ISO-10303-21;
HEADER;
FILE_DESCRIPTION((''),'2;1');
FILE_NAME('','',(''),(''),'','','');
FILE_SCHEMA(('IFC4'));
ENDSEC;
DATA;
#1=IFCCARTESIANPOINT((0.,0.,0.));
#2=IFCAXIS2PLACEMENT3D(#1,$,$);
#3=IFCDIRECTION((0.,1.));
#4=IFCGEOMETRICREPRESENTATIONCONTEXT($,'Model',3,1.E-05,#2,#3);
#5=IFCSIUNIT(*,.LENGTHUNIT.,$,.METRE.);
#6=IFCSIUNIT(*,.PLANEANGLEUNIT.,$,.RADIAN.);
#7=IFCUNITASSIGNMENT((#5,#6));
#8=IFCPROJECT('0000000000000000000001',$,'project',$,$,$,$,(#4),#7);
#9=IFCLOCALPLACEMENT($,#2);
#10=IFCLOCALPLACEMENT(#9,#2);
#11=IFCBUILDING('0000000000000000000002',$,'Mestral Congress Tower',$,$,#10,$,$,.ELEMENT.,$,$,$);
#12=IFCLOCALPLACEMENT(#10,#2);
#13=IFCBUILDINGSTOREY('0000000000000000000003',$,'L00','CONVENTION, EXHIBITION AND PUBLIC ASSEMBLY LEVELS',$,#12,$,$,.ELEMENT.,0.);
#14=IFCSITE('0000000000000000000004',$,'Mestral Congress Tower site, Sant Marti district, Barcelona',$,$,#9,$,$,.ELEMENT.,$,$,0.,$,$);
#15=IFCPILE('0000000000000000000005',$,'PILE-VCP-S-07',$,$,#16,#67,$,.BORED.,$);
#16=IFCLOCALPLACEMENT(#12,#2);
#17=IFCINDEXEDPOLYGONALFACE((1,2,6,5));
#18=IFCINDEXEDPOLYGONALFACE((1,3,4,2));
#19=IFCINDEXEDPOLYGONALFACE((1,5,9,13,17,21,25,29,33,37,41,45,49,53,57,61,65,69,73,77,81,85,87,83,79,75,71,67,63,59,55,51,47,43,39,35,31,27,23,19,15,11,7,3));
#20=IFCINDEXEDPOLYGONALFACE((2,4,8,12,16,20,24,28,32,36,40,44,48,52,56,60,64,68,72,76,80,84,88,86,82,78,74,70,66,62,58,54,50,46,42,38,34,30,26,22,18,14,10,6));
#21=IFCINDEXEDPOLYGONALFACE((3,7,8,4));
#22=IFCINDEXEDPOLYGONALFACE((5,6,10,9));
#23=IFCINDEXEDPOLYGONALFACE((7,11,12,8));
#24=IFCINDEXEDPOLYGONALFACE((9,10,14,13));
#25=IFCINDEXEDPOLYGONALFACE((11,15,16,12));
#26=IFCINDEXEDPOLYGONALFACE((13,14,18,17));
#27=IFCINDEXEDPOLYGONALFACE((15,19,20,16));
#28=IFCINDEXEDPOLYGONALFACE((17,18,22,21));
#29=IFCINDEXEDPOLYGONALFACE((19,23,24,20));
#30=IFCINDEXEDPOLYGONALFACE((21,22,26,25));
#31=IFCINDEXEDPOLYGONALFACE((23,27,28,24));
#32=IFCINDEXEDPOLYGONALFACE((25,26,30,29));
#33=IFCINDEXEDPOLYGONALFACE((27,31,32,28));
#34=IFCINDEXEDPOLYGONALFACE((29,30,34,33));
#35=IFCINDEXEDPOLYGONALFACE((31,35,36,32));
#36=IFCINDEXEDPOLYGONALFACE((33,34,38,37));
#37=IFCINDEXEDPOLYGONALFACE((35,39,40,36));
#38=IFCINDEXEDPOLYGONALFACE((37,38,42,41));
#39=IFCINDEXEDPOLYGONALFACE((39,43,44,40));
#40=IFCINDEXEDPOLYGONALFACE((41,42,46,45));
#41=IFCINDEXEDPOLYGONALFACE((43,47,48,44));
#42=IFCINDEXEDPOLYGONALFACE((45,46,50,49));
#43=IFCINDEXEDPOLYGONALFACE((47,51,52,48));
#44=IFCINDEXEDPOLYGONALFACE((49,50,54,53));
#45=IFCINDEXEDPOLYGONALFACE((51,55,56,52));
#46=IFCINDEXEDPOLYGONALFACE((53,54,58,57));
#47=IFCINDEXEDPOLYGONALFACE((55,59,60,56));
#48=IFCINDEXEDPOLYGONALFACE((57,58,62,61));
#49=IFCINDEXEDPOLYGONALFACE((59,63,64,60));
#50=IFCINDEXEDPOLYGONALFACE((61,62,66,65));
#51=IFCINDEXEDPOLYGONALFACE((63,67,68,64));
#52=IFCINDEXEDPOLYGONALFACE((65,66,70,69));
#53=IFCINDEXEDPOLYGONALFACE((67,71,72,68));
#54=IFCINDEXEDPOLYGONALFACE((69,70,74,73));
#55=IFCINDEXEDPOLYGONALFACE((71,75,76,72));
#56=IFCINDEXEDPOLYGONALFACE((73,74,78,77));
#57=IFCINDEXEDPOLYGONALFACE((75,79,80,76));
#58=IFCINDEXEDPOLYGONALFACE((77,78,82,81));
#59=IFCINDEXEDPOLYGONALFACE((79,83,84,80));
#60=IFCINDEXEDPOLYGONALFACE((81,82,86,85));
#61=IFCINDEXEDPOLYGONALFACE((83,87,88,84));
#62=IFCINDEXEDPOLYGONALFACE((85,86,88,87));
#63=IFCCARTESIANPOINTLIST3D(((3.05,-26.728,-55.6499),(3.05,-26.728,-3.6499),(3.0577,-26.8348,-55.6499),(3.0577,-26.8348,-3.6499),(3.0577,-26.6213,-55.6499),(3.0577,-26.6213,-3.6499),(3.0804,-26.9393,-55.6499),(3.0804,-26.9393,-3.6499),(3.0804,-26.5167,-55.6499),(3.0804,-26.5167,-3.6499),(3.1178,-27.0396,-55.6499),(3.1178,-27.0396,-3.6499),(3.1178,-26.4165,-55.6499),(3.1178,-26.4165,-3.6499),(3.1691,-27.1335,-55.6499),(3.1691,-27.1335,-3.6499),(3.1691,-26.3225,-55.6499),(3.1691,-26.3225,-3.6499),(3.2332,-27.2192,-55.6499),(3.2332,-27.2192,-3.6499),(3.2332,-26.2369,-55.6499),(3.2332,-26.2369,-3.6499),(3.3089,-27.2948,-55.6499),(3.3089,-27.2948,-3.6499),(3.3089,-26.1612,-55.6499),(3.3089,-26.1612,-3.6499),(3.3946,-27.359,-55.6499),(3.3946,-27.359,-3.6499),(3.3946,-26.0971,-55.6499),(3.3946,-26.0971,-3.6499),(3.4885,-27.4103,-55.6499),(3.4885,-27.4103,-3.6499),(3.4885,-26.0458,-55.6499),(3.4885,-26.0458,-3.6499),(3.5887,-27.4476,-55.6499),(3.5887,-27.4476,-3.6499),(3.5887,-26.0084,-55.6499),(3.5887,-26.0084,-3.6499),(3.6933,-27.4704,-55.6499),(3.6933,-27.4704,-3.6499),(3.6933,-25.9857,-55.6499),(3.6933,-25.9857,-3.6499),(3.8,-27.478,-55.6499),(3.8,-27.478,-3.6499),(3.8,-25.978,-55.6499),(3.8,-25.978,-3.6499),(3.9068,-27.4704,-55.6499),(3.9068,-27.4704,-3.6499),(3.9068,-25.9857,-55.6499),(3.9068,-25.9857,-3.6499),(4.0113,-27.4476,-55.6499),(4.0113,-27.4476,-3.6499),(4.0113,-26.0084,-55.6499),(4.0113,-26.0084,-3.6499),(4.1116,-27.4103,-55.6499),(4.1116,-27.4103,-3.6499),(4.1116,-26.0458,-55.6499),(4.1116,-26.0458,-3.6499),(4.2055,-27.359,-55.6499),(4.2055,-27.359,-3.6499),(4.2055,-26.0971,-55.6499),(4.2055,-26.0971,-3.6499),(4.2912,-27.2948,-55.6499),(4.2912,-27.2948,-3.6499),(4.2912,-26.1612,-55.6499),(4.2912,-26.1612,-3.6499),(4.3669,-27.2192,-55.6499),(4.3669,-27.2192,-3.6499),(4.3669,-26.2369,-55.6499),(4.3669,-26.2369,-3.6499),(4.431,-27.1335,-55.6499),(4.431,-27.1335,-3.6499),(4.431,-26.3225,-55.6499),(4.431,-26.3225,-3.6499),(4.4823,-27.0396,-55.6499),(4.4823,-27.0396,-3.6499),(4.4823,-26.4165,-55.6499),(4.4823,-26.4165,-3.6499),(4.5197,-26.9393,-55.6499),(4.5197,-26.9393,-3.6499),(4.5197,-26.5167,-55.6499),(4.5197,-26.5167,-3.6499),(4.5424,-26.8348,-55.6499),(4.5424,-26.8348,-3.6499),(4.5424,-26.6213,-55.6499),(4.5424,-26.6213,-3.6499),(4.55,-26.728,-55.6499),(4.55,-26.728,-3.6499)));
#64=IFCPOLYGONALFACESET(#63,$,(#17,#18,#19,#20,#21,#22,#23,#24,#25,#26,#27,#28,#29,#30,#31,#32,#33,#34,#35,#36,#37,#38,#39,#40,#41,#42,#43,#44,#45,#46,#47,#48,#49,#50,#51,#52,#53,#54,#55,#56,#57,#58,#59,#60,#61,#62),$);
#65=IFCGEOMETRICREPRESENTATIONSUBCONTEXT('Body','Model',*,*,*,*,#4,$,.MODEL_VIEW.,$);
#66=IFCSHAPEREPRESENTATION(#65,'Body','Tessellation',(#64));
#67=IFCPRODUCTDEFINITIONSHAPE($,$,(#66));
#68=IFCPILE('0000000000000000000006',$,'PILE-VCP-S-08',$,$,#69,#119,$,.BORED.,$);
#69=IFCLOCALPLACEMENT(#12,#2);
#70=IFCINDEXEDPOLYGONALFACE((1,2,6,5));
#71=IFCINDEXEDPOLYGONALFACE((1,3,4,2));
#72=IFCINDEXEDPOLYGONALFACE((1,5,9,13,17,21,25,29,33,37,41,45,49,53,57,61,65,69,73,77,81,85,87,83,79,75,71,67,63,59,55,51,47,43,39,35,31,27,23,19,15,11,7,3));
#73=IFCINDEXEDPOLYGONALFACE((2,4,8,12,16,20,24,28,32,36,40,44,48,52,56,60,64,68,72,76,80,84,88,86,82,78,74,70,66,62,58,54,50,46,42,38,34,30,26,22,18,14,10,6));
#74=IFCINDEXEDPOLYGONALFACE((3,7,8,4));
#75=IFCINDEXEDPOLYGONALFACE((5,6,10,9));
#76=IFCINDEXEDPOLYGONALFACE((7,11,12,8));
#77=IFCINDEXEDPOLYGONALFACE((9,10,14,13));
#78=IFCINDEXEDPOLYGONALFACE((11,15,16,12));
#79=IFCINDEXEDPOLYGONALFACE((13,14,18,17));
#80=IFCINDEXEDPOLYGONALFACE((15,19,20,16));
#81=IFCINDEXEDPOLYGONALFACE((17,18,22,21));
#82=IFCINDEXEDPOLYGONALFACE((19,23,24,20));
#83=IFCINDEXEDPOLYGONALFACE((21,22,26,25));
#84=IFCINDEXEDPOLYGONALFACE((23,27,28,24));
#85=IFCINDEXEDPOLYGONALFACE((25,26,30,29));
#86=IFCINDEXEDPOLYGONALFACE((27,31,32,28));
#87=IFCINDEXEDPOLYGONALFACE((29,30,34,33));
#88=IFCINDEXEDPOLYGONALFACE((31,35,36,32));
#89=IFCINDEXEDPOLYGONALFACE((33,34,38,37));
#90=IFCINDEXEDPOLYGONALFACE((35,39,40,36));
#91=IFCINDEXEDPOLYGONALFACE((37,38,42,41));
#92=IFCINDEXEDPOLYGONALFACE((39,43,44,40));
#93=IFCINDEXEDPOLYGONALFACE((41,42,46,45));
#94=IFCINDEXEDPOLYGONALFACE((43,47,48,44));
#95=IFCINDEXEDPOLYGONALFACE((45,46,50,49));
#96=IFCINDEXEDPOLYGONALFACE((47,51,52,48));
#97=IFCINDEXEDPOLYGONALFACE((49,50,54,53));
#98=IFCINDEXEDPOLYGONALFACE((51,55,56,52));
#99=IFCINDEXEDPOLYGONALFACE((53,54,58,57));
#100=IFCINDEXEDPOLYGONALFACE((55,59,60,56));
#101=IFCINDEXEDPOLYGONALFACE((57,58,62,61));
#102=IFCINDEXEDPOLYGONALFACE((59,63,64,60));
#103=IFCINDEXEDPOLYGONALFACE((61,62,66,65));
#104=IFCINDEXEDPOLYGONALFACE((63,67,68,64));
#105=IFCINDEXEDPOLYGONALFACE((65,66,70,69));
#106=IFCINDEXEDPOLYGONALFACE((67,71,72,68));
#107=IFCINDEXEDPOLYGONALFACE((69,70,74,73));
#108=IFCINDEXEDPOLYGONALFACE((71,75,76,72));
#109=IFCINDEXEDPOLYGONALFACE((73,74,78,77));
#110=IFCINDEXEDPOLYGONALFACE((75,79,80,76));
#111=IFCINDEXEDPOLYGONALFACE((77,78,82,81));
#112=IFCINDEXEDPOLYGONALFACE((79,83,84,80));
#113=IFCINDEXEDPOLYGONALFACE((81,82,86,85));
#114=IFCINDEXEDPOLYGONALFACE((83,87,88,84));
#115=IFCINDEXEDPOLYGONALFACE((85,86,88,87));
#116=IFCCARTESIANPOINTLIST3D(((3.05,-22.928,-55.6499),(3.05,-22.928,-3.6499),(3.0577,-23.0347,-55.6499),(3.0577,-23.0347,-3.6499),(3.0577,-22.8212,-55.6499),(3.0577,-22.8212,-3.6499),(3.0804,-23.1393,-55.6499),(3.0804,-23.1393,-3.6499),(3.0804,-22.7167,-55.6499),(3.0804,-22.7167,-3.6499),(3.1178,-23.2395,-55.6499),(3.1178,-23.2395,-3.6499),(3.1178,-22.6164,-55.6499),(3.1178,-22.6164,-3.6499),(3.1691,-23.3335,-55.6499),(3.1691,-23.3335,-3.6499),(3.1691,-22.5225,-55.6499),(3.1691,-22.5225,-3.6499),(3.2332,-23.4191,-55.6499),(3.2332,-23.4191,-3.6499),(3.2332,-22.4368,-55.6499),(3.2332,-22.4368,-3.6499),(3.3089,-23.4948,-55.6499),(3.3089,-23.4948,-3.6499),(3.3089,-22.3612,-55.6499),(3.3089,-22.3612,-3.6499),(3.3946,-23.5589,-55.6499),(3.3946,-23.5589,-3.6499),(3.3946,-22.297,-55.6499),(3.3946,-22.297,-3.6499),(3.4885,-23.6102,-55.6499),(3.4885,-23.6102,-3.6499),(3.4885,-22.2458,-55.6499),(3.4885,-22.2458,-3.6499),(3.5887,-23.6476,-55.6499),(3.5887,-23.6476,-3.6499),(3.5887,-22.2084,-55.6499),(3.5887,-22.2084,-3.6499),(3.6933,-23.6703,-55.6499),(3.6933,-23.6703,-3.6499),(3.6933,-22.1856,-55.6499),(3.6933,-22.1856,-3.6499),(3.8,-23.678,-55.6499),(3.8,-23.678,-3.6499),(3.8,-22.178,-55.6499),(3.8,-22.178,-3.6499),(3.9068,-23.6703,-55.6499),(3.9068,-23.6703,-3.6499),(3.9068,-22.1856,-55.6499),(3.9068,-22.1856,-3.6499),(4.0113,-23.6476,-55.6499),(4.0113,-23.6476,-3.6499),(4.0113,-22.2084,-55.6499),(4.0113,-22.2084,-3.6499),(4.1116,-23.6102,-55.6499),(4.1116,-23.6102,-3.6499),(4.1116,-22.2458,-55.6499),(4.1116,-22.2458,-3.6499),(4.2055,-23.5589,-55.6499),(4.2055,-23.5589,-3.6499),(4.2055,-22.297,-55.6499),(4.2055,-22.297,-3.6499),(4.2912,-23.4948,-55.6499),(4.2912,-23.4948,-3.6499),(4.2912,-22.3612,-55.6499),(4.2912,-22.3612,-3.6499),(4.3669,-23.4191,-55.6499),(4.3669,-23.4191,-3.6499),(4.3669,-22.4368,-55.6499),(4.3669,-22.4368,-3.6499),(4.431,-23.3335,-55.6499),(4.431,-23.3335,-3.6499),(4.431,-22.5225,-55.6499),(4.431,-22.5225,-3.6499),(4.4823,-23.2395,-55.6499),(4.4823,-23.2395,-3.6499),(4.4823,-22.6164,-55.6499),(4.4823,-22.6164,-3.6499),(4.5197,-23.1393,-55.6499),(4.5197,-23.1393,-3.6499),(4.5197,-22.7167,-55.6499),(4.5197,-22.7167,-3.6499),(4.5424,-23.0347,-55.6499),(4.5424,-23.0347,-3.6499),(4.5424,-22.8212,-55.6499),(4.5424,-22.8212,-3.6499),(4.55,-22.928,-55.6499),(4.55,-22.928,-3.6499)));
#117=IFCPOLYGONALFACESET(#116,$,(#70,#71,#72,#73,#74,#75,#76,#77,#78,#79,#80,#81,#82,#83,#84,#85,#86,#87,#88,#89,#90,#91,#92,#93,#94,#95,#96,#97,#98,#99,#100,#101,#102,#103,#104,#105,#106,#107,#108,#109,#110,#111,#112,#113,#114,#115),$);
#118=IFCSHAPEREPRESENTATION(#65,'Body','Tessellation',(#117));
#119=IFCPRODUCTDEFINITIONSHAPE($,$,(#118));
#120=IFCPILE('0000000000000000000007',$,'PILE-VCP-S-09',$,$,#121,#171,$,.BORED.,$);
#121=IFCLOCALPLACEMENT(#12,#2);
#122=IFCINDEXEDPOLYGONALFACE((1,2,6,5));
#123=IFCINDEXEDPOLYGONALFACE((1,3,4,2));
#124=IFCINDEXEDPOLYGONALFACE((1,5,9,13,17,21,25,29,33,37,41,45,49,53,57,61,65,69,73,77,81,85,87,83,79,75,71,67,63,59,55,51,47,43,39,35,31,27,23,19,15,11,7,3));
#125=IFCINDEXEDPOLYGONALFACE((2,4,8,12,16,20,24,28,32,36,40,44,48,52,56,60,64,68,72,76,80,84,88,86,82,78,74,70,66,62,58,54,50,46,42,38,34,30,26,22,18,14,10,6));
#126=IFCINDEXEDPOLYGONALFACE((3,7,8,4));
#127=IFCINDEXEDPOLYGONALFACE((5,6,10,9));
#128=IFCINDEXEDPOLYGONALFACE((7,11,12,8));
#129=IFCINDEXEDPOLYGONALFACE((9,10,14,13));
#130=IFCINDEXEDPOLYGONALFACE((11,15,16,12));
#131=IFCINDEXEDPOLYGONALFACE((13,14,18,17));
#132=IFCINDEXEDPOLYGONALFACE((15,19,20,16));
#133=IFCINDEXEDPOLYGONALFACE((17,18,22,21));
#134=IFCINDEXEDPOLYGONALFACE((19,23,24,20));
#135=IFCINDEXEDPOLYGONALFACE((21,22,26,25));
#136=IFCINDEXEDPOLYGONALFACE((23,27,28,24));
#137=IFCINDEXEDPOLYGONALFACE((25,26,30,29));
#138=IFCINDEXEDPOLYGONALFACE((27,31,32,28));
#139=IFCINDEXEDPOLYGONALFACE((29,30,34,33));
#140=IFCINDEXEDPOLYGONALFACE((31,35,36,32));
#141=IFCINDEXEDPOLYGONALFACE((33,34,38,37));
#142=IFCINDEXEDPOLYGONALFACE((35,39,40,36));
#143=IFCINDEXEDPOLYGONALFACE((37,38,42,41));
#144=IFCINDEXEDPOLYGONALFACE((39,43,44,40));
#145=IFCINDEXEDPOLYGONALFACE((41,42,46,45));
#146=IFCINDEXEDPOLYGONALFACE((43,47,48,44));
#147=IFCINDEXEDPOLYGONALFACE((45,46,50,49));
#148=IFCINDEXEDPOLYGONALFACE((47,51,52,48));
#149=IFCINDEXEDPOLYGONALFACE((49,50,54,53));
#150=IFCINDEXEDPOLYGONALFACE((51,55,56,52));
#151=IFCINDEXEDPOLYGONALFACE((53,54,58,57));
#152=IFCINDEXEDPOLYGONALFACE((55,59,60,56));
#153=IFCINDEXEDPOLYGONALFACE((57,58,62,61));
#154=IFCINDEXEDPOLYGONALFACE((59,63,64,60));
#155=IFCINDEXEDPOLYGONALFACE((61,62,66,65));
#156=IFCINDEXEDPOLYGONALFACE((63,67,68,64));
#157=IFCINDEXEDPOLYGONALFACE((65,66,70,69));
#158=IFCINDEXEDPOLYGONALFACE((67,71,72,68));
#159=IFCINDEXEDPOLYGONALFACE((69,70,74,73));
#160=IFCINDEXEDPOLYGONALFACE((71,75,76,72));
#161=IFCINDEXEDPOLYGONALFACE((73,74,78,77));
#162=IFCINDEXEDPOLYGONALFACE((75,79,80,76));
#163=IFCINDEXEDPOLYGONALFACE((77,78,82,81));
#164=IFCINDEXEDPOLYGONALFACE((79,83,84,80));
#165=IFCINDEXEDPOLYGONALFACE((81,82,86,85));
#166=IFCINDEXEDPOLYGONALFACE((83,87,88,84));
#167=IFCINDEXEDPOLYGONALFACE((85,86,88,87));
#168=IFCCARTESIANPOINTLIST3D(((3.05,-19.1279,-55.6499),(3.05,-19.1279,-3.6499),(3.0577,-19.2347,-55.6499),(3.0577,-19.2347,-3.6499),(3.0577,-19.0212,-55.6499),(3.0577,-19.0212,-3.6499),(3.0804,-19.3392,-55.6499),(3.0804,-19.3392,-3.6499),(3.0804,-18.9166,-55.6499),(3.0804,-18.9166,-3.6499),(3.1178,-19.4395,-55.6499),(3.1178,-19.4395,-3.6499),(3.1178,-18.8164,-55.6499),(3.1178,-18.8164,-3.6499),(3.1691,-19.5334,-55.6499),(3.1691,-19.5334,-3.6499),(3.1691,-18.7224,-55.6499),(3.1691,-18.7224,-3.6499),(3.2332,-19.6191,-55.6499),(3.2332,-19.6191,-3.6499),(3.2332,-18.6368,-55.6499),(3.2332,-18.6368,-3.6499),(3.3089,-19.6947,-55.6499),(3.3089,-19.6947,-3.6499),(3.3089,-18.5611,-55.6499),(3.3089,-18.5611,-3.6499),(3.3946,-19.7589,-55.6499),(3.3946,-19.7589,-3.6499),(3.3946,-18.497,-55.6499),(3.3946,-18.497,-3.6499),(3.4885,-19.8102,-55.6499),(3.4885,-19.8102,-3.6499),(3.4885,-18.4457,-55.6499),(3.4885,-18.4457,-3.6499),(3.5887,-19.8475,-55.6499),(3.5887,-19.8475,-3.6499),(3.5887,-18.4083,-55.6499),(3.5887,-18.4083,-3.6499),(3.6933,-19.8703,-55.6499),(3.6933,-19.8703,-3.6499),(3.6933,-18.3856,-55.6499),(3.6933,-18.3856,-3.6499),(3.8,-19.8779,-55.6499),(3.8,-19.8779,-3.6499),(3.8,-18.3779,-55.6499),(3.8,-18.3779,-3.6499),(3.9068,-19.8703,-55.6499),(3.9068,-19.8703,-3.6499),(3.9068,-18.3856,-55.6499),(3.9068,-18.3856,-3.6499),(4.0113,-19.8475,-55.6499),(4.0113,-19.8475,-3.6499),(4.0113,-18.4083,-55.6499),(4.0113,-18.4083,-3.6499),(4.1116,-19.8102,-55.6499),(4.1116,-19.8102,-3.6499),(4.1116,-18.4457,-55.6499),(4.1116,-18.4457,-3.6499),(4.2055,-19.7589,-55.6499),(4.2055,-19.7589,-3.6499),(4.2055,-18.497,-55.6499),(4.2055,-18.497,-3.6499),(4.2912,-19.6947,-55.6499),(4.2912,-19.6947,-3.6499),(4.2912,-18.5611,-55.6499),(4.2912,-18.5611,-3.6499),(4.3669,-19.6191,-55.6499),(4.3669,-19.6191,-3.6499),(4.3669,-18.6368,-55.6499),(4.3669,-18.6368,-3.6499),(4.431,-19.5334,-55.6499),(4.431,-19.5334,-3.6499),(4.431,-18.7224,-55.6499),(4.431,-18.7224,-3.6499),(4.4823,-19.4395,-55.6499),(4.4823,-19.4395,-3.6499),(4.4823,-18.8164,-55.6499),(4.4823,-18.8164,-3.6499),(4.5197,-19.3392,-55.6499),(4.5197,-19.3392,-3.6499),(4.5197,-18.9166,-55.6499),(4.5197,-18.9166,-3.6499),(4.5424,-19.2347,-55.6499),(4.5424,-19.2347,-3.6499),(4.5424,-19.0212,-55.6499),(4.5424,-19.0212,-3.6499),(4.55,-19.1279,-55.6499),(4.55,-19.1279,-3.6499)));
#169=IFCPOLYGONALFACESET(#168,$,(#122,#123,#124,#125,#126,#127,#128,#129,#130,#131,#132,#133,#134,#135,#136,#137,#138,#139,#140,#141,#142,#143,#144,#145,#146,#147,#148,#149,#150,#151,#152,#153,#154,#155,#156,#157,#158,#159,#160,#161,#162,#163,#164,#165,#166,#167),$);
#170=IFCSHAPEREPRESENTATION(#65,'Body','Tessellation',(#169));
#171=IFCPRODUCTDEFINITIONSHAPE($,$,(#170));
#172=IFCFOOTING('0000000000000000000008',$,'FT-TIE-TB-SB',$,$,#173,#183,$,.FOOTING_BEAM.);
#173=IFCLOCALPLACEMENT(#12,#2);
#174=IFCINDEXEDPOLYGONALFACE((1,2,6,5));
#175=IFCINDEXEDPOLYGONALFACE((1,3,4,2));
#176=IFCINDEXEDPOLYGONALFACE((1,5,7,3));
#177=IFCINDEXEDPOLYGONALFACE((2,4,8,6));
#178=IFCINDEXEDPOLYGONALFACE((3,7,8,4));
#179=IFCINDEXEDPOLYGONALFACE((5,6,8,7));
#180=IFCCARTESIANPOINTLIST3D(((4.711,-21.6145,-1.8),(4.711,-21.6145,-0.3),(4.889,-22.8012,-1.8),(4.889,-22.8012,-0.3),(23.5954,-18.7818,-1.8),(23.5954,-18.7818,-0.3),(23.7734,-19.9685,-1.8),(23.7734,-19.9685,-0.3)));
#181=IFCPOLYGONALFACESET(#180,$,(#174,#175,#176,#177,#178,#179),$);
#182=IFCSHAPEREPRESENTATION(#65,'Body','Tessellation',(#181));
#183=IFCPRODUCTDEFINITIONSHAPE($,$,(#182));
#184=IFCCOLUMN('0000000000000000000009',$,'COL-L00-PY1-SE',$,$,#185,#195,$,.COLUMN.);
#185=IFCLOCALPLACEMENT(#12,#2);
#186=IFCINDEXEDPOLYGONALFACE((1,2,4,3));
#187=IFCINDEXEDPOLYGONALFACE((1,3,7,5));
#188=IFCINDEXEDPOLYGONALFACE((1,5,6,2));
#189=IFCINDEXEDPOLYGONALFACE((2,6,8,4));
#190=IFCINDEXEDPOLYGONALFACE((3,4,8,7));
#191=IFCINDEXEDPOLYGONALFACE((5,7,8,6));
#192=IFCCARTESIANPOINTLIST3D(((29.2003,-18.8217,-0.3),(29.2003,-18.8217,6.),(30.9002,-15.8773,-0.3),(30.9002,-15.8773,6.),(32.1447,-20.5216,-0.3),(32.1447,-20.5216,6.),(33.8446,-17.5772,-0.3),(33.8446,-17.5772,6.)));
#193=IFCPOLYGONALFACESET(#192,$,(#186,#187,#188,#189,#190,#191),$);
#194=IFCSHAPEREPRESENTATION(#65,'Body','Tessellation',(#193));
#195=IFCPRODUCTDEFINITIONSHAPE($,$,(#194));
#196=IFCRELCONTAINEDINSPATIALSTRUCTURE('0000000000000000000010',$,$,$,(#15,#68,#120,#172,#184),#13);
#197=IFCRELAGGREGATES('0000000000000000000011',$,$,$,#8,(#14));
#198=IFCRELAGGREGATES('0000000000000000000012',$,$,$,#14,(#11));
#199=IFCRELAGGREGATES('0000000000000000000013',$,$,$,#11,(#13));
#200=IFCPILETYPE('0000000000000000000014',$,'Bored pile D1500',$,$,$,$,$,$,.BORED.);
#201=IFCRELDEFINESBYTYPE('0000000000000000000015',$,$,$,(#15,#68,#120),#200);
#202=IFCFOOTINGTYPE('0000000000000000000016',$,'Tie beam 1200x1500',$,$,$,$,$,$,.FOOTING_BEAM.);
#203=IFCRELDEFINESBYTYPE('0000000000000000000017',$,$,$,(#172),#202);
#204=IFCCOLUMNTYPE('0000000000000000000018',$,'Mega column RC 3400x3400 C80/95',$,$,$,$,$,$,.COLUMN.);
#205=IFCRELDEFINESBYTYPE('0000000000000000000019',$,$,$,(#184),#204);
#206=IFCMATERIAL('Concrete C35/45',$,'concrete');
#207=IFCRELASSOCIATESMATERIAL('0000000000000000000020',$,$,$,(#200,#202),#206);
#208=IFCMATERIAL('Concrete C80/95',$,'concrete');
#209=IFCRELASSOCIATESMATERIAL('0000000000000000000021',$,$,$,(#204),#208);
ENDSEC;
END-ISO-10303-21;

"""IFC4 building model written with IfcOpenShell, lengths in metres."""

from ifc_helpers import new_model, si_unit, direction, frame, origin, origin_2d, place, context, subcontext, project, spatial, rectangle, circle, extrude, material, material_profile, profile_set, type_object, element, save


model = new_model("IFC4")

# Units and contexts
model_context = context("Model", 3, precision=1e-05, world=origin(), true_north=direction((0.0, 1.0)))
body_context = subcontext(model_context, "Body", "Model", "MODEL_VIEW")
ifc_project = project(units=[si_unit("LENGTHUNIT", "METRE"), si_unit("PLANEANGLEUNIT", "RADIAN")], contexts=[model_context])

# Site, building, storey
site_placement = place(None, origin())
site = spatial("IfcSite", under=ifc_project, at=site_placement, Name="Mestral Congress Tower site, Sant Marti district, Barcelona", CompositionType="ELEMENT", RefElevation=0.0)
building_placement = place(site_placement, origin())
building = spatial("IfcBuilding", under=site, at=building_placement, Name="Mestral Congress Tower", CompositionType="ELEMENT")
storey_placement = place(building_placement, origin())
storey = spatial("IfcBuildingStorey", under=building, at=storey_placement, Name="L00", Description="CONVENTION, EXHIBITION AND PUBLIC ASSEMBLY LEVELS", CompositionType="ELEMENT", Elevation=0.0)

# Piles
ifc_material_1 = material(Name="Concrete C35/45", Category="concrete")
ifc_material_profile_1 = material_profile(ifc_material_1, circle(Radius=0.75, at=origin_2d()), Name="D1500")
ifc_profile_set_1 = profile_set([ifc_material_profile_1], Name="Concrete C35/45")
pile_type_1 = type_object("IfcPileType", Name="Bored pile D1500", PredefinedType="BORED", material=ifc_profile_set_1)
for number, where, z_axis, x_axis, name in (
    (1, (3.8, -26.728, -3.6499), (0.0, 0.0, -1.0), (1.0, 0.0, 0.0), "PILE-VCP-S-07"),
    (2, (3.8, -22.928, -3.6499), (0.0, 0.0, -1.0), (1.0, 0.0, 0.0), "PILE-VCP-S-08"),
    (3, (3.8, -19.1279, -3.6499), (0.0, 0.0, -1.0), (1.0, 0.0, 0.0), "PILE-VCP-S-09"),
):
    element("IfcPile", number, at=place(storey_placement, frame(where, z_axis=z_axis, x_axis=x_axis)), inside=storey, type_object=pile_type_1, Name=name, PredefinedType="BORED", context=body_context, shape_type="SweptSolid", body=[
        extrude(circle(Radius=0.75, at=origin_2d()), origin(), (0.0, 0.0, 1.0), 52.0),
    ])

# Footing
footing_type = type_object("IfcFootingType", Name="Tie beam 1200x1500", PredefinedType="FOOTING_BEAM", material=ifc_material_1)
footing_placement = place(storey_placement, frame((14.2422, -20.7915, -1.8), z_axis=(0.0, 0.0, 1.0), x_axis=(0.988936, 0.148344, 0.0)))
element("IfcFooting", 4, at=footing_placement, inside=storey, type_object=footing_type, Name="FT-TIE-TB-SB", PredefinedType="FOOTING_BEAM", context=body_context, shape_type="SweptSolid", body=[
    extrude(rectangle(XDim=19.0957, YDim=1.2, at=origin_2d()), origin(), (0.0, 0.0, 1.0), 1.5),
])

# Column
ifc_material_2 = material(Name="Concrete C80/95", Category="concrete")
ifc_material_profile_2 = material_profile(ifc_material_2, rectangle(XDim=3.3999, YDim=3.3999, at=origin_2d()), Name="RC 3400x3400")
ifc_profile_set_2 = profile_set([ifc_material_profile_2], Name="Concrete C80/95")
column_type_1 = type_object("IfcColumnType", Name="Mega column RC 3400x3400 C80/95", PredefinedType="COLUMN", material=ifc_profile_set_2)
column_1_placement = place(storey_placement, frame((31.5225, -18.1995, -0.3), z_axis=(0.0, 0.0, 1.0), x_axis=(0.866025, -0.5, 0.0)))
element("IfcColumn", 5, at=column_1_placement, inside=storey, type_object=column_type_1, Name="COL-L00-PY1-SE", PredefinedType="COLUMN", context=body_context, shape_type="SweptSolid", body=[
    extrude(rectangle(XDim=3.3999, YDim=3.3999, at=origin_2d()), origin(), (0.0, 0.0, 1.0), 6.3),
])

save(model, "model.ifc")
